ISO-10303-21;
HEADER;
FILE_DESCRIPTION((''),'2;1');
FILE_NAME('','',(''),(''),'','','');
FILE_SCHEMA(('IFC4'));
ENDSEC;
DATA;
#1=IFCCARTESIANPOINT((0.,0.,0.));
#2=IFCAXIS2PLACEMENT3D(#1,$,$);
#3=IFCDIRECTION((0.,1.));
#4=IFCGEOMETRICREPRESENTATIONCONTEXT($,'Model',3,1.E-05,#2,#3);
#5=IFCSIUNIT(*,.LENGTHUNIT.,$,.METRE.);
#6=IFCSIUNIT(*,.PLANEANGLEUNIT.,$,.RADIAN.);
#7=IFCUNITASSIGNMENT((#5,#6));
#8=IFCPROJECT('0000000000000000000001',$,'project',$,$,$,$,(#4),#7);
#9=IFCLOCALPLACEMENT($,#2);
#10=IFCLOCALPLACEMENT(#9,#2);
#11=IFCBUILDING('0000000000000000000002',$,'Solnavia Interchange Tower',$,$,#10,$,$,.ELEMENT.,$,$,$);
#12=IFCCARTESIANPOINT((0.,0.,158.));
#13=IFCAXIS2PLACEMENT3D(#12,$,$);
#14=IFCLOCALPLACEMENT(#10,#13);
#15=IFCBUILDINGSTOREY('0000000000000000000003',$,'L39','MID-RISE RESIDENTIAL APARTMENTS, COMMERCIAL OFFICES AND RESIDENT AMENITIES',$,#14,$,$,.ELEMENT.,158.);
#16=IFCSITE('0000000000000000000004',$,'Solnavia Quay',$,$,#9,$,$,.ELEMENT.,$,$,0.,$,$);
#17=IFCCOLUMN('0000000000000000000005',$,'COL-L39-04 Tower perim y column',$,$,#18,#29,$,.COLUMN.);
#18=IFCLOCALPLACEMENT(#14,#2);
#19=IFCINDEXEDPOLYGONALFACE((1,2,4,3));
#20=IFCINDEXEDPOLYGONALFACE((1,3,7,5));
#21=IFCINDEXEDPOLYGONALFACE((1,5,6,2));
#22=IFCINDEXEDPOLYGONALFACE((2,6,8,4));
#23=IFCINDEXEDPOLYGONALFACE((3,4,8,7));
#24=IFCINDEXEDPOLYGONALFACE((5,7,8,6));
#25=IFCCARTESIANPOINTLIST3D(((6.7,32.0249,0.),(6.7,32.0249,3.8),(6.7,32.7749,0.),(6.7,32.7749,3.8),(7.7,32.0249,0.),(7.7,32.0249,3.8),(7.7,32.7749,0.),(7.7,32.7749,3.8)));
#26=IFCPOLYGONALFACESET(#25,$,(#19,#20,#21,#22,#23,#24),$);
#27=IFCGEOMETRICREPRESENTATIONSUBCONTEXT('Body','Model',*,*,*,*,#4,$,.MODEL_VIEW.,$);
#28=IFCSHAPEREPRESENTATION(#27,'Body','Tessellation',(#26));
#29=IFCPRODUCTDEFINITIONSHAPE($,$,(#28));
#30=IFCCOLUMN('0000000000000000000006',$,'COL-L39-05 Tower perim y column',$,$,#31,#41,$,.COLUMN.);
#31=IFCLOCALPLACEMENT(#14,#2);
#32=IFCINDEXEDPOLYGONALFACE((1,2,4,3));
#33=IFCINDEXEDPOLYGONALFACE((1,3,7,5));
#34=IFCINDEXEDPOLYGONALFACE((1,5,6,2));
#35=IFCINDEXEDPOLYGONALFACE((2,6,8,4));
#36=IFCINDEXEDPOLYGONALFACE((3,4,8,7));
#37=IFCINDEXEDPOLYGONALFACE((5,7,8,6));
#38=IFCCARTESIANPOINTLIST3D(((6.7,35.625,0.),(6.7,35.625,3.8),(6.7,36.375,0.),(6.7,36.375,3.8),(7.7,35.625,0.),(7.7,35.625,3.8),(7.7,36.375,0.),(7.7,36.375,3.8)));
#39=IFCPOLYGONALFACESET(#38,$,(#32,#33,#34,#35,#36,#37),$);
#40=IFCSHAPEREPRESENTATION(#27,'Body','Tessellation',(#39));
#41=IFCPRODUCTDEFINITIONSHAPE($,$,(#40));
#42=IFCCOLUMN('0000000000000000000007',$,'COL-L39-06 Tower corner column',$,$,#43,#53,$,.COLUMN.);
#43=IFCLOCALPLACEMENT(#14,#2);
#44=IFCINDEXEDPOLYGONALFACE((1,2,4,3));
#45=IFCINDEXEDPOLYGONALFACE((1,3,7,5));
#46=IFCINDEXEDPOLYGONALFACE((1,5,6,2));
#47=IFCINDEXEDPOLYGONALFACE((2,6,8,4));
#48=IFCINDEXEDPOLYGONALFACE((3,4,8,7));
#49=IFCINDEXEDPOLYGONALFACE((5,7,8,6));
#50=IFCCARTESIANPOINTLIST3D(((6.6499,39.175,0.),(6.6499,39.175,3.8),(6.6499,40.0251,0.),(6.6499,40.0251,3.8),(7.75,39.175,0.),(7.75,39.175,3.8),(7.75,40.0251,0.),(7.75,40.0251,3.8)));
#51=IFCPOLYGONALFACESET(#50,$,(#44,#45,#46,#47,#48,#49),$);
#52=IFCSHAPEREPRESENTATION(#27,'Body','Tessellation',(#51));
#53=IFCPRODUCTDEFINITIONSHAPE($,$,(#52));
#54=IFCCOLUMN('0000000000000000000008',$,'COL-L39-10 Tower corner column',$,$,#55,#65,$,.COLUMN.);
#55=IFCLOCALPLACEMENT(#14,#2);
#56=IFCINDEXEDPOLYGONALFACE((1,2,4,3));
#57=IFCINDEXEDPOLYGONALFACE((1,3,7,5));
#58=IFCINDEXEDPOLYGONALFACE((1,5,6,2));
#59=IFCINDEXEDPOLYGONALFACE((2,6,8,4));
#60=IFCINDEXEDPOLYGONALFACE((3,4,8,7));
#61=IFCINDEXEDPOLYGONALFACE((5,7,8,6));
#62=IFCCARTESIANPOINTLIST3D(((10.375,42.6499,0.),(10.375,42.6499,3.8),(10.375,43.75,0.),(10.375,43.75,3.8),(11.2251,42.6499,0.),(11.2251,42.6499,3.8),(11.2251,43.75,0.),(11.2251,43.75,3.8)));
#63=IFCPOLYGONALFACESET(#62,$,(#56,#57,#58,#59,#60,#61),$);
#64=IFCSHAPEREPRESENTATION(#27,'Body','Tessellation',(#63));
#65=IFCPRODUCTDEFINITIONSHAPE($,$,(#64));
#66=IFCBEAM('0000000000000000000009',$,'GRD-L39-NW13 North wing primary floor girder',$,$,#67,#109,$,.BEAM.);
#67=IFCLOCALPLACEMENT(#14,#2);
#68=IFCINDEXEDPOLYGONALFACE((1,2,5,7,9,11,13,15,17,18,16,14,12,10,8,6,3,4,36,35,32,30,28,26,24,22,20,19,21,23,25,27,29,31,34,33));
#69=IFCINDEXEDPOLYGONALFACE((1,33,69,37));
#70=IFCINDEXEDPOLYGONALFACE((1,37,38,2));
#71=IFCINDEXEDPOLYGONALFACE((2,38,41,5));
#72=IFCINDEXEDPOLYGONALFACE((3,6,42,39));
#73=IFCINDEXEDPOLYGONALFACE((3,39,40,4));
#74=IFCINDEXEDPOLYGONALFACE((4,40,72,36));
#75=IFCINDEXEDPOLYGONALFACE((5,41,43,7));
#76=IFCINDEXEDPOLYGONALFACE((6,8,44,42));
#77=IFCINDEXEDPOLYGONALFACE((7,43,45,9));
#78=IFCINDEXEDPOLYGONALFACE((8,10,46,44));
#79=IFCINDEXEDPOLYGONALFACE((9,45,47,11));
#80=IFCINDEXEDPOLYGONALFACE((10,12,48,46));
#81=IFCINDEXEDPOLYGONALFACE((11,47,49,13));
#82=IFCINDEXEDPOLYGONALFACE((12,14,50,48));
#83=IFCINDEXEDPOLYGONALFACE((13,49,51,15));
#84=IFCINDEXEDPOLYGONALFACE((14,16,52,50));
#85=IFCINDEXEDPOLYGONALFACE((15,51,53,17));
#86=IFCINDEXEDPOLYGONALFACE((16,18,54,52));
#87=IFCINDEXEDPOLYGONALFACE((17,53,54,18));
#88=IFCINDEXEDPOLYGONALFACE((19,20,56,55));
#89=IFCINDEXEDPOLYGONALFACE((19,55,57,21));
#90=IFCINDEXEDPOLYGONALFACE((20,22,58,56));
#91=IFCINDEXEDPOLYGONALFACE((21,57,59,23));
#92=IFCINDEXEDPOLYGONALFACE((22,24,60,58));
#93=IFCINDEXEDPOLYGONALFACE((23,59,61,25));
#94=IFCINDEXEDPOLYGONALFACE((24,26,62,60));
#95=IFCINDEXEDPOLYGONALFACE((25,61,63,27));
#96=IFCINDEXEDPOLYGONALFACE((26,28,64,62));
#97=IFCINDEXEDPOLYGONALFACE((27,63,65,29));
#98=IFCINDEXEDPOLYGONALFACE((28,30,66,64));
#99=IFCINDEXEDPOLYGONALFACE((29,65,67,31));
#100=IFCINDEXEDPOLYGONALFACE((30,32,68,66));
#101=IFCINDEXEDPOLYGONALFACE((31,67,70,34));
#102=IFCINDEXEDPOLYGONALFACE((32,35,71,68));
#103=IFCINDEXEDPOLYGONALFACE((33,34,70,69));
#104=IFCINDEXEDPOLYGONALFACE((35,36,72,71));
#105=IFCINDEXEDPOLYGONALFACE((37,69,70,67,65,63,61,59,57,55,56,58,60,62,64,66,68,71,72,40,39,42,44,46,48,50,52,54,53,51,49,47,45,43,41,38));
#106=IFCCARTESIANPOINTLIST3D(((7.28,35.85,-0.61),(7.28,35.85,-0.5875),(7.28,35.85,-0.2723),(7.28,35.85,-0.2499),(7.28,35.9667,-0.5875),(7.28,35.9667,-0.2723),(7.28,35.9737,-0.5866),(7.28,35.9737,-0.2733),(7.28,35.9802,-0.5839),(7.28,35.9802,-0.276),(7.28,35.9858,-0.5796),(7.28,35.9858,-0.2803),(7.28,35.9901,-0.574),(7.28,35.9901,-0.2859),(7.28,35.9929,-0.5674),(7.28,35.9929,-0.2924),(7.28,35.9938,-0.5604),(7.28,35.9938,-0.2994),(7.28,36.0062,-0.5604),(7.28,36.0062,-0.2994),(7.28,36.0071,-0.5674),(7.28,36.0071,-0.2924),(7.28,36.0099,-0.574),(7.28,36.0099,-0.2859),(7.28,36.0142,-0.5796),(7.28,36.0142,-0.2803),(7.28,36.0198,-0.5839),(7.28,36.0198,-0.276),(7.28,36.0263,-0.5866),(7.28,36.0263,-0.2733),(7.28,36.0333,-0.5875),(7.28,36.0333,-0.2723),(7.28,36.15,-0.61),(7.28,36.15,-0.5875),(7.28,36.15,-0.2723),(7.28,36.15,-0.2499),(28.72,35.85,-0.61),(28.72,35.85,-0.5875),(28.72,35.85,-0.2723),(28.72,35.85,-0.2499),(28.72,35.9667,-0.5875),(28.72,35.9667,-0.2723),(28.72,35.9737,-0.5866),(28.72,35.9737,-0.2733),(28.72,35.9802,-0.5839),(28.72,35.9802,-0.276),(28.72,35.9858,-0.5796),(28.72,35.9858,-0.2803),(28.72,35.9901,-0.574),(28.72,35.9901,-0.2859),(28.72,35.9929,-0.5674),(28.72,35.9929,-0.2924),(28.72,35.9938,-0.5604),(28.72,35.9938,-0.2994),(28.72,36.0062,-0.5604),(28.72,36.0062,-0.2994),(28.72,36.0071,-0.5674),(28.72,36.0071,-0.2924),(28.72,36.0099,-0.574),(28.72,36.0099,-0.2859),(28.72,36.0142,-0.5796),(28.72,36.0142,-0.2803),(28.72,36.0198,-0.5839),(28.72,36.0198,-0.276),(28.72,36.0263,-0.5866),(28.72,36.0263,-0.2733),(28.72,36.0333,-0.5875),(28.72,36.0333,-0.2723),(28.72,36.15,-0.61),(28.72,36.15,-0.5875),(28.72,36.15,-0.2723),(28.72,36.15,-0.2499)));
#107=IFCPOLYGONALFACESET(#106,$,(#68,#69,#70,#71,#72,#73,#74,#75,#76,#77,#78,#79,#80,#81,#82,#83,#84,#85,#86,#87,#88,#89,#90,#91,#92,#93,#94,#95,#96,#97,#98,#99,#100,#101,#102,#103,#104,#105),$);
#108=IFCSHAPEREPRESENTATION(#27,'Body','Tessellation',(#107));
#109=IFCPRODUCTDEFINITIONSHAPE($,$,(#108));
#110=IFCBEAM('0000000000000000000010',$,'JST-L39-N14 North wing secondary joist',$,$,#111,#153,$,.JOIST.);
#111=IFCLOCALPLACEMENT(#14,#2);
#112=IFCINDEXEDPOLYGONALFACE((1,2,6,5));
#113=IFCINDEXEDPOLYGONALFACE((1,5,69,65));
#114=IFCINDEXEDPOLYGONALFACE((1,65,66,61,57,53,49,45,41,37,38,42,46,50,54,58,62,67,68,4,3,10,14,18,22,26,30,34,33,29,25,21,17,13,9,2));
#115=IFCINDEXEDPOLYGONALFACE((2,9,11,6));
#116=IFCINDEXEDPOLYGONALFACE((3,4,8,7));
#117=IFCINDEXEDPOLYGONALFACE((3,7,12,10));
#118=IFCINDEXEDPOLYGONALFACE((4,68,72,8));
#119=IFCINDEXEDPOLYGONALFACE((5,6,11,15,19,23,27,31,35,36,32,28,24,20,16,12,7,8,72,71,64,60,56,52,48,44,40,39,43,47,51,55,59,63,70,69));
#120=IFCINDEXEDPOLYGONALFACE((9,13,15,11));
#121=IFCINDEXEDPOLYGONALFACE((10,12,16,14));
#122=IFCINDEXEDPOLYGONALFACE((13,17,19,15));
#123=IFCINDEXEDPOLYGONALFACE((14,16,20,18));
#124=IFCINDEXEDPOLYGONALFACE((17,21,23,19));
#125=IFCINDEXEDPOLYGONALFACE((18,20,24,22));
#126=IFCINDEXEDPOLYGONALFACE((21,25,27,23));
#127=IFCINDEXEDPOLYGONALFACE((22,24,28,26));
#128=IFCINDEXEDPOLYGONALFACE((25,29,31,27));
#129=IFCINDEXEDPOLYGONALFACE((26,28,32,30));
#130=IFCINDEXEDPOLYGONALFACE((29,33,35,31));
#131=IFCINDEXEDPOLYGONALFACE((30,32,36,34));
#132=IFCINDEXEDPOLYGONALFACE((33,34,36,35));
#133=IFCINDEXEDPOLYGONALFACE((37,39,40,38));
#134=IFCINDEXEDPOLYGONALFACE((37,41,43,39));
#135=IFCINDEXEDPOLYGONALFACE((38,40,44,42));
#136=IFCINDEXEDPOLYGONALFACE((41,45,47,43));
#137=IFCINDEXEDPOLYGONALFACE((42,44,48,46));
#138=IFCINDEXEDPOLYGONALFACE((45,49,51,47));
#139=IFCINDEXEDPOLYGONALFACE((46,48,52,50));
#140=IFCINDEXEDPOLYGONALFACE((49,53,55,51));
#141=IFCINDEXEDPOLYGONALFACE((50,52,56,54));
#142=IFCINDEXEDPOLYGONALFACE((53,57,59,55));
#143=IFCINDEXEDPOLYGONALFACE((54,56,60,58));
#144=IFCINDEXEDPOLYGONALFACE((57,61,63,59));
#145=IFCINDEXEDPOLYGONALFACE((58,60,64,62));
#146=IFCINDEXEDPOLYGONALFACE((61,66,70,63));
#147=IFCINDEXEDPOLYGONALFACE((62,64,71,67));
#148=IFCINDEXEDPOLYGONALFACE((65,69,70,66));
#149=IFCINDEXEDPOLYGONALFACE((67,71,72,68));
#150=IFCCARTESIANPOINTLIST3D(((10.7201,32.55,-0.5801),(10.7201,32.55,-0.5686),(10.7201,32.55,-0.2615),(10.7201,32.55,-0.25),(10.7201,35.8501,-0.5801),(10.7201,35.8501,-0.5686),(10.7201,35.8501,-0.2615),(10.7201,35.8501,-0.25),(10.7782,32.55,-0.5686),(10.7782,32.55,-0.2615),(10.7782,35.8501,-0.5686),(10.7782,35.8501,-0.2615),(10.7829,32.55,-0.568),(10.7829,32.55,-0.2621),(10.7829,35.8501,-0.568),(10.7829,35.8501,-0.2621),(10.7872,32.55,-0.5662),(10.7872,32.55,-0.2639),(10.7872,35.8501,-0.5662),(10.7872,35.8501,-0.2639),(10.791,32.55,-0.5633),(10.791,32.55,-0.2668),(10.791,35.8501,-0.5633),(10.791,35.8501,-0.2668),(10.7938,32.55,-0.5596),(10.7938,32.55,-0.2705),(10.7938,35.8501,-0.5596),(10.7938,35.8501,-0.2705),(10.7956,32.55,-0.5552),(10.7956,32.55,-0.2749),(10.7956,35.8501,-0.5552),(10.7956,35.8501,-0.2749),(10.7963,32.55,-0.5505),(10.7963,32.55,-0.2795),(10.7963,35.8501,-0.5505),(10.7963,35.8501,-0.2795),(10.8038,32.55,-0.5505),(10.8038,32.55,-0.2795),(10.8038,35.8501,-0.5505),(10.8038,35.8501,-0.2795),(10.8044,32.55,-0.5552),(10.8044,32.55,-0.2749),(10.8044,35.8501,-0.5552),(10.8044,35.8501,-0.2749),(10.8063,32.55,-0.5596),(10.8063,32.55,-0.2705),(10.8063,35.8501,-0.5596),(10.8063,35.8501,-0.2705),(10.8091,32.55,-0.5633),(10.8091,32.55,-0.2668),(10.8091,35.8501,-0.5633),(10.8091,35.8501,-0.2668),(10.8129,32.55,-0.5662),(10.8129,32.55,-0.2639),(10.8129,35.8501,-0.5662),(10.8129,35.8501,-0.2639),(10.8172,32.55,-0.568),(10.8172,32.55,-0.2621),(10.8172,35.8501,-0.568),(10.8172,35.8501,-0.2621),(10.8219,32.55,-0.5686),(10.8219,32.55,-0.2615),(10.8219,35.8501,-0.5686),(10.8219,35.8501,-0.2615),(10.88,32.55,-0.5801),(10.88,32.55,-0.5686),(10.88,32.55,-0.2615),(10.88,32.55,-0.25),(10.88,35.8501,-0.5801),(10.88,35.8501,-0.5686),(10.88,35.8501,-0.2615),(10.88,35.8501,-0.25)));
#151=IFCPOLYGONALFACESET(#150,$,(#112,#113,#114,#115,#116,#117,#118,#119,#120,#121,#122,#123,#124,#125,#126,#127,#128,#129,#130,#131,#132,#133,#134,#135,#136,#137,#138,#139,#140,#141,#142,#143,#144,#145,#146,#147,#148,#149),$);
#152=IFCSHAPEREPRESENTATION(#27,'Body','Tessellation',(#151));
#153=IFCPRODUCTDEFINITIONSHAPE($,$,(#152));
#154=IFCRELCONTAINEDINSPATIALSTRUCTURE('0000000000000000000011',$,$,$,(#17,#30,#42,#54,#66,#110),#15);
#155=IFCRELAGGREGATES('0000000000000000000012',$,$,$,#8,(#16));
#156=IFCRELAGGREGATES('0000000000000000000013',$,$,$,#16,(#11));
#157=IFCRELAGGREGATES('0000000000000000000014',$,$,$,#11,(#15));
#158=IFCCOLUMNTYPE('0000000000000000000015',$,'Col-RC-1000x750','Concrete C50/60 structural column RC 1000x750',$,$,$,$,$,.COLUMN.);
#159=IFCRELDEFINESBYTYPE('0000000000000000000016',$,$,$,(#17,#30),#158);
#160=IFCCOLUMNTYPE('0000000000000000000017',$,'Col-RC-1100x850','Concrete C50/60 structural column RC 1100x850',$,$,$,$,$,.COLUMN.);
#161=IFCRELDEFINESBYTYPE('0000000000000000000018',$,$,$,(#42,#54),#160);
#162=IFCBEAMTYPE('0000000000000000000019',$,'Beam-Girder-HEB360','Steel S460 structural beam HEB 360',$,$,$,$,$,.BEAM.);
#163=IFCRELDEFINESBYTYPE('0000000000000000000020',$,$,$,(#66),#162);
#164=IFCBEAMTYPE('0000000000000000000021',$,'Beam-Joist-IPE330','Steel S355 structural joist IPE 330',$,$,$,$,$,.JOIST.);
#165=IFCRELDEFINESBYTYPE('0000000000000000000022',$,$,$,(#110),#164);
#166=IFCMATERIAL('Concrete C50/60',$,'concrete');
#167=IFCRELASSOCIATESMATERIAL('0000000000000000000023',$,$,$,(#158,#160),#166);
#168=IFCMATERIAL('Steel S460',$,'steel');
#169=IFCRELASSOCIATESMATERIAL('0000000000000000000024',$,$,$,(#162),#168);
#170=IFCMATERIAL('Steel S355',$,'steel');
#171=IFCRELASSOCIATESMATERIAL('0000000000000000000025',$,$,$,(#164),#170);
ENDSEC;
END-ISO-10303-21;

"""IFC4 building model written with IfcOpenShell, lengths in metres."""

from ifc_helpers import new_model, si_unit, direction, frame, origin, origin_2d, place, context, subcontext, project, spatial, rectangle, i_section, extrude, material, material_profile, profile_set, type_object, element, save


model = new_model("IFC4")

# Units and contexts
model_context = context("Model", 3, precision=1e-05, world=origin(), true_north=direction((0.0, 1.0)))
body_context = subcontext(model_context, "Body", "Model", "MODEL_VIEW")
ifc_project = project(units=[si_unit("LENGTHUNIT", "METRE"), si_unit("PLANEANGLEUNIT", "RADIAN")], contexts=[model_context])

# Site, building, storey
site_placement = place(None, origin())
site = spatial("IfcSite", under=ifc_project, at=site_placement, Name="Solnavia Quay", CompositionType="ELEMENT", RefElevation=0.0)
building_placement = place(site_placement, origin())
building = spatial("IfcBuilding", under=site, at=building_placement, Name="Solnavia Interchange Tower", CompositionType="ELEMENT")
storey_placement = place(building_placement, frame((0.0, 0.0, 158.0)))
storey = spatial("IfcBuildingStorey", under=building, at=storey_placement, Name="L39", Description="MID-RISE RESIDENTIAL APARTMENTS, COMMERCIAL OFFICES AND RESIDENT AMENITIES", CompositionType="ELEMENT", Elevation=158.0)

# Columns
ifc_material_1 = material(Name="Concrete C50/60", Category="concrete")
ifc_material_profile_1 = material_profile(ifc_material_1, rectangle(XDim=0.75, YDim=1.0, at=origin_2d()), Name="RC 1000x750")
ifc_profile_set_1 = profile_set([ifc_material_profile_1], Name="Concrete C50/60")
column_type_1 = type_object("IfcColumnType", Name="Col-RC-1000x750", Description="Concrete C50/60 structural column RC 1000x750", PredefinedType="COLUMN", material=ifc_profile_set_1)
for number, where, z_axis, x_axis, name in (
    (1, (7.2, 32.3999, 0.0), (0.0, 0.0, 1.0), (0.0, 1.0, 0.0), "COL-L39-04 Tower perim y column"),
    (2, (7.2, 36.0, 0.0), (0.0, 0.0, 1.0), (0.0, 1.0, 0.0), "COL-L39-05 Tower perim y column"),
):
    element("IfcColumn", number, at=place(storey_placement, frame(where, z_axis=z_axis, x_axis=x_axis)), inside=storey, type_object=column_type_1, Name=name, PredefinedType="COLUMN", context=body_context, shape_type="SweptSolid", body=[
        extrude(rectangle(XDim=0.75, YDim=1.0, at=origin_2d()), origin(), (0.0, 0.0, 1.0), 3.8),
    ])
ifc_material_profile_2 = material_profile(ifc_material_1, rectangle(XDim=0.8501, YDim=1.1001, at=origin_2d()), Name="RC 1100x850")
ifc_profile_set_2 = profile_set([ifc_material_profile_2], Name="Concrete C50/60")
column_type_2 = type_object("IfcColumnType", Name="Col-RC-1100x850", Description="Concrete C50/60 structural column RC 1100x850", PredefinedType="COLUMN", material=ifc_profile_set_2)
for number, where, z_axis, x_axis, name in (
    (3, (7.2, 39.6001, 0.0), (0.0, 0.0, 1.0), (0.0, 1.0, 0.0), "COL-L39-06 Tower corner column"),
    (4, (10.8, 43.2, 0.0), (0.0, 0.0, 1.0), (1.0, 0.0, 0.0), "COL-L39-10 Tower corner column"),
):
    element("IfcColumn", number, at=place(storey_placement, frame(where, z_axis=z_axis, x_axis=x_axis)), inside=storey, type_object=column_type_2, Name=name, PredefinedType="COLUMN", context=body_context, shape_type="SweptSolid", body=[
        extrude(rectangle(XDim=0.8501, YDim=1.1001, at=origin_2d()), origin(), (0.0, 0.0, 1.0), 3.8),
    ])

# Beams
ifc_material_2 = material(Name="Steel S460", Category="steel")
ifc_material_profile_3 = material_profile(ifc_material_2, i_section(OverallWidth=0.3, OverallDepth=0.3601, WebThickness=0.0125, FlangeThickness=0.0225, FilletRadius=0.0271, at=origin_2d()), Name="HEB 360")
ifc_profile_set_3 = profile_set([ifc_material_profile_3], Name="Steel S460")
beam_type_1 = type_object("IfcBeamType", Name="Beam-Girder-HEB360", Description="Steel S460 structural beam HEB 360", PredefinedType="BEAM", material=ifc_profile_set_3)
beam_1_placement = place(storey_placement, frame((7.28, 36.0, -0.4299), z_axis=(1.0, 0.0, 0.0), x_axis=(0.0, 1.0, 0.0)))
element("IfcBeam", 5, at=beam_1_placement, inside=storey, type_object=beam_type_1, Name="GRD-L39-NW13 North wing primary floor girder", PredefinedType="BEAM", context=body_context, shape_type="SweptSolid", body=[
    extrude(i_section(OverallWidth=0.3, OverallDepth=0.3601, WebThickness=0.0125, FlangeThickness=0.0225, FilletRadius=0.0271, at=origin_2d()), origin(), (0.0, 0.0, 1.0), 21.4399),
])
ifc_material_3 = material(Name="Steel S355", Category="steel")
ifc_material_profile_4 = material_profile(ifc_material_3, i_section(OverallWidth=0.1599, OverallDepth=0.3301, WebThickness=0.0076, FlangeThickness=0.0115, FilletRadius=0.0181, at=origin_2d()), Name="IPE 330")
ifc_profile_set_4 = profile_set([ifc_material_profile_4], Name="Steel S355")
beam_type_2 = type_object("IfcBeamType", Name="Beam-Joist-IPE330", Description="Steel S355 structural joist IPE 330", PredefinedType="JOIST", material=ifc_profile_set_4)
beam_2_placement = place(storey_placement, frame((10.8, 32.55, -0.415), z_axis=(0.0, 1.0, 0.0), x_axis=(-1.0, 0.0, 0.0)))
element("IfcBeam", 6, at=beam_2_placement, inside=storey, type_object=beam_type_2, Name="JST-L39-N14 North wing secondary joist", PredefinedType="JOIST", context=body_context, shape_type="SweptSolid", body=[
    extrude(i_section(OverallWidth=0.1599, OverallDepth=0.3301, WebThickness=0.0076, FlangeThickness=0.0115, FilletRadius=0.0181, at=origin_2d()), origin(), (0.0, 0.0, 1.0), 3.3),
])

save(model, "model.ifc")
